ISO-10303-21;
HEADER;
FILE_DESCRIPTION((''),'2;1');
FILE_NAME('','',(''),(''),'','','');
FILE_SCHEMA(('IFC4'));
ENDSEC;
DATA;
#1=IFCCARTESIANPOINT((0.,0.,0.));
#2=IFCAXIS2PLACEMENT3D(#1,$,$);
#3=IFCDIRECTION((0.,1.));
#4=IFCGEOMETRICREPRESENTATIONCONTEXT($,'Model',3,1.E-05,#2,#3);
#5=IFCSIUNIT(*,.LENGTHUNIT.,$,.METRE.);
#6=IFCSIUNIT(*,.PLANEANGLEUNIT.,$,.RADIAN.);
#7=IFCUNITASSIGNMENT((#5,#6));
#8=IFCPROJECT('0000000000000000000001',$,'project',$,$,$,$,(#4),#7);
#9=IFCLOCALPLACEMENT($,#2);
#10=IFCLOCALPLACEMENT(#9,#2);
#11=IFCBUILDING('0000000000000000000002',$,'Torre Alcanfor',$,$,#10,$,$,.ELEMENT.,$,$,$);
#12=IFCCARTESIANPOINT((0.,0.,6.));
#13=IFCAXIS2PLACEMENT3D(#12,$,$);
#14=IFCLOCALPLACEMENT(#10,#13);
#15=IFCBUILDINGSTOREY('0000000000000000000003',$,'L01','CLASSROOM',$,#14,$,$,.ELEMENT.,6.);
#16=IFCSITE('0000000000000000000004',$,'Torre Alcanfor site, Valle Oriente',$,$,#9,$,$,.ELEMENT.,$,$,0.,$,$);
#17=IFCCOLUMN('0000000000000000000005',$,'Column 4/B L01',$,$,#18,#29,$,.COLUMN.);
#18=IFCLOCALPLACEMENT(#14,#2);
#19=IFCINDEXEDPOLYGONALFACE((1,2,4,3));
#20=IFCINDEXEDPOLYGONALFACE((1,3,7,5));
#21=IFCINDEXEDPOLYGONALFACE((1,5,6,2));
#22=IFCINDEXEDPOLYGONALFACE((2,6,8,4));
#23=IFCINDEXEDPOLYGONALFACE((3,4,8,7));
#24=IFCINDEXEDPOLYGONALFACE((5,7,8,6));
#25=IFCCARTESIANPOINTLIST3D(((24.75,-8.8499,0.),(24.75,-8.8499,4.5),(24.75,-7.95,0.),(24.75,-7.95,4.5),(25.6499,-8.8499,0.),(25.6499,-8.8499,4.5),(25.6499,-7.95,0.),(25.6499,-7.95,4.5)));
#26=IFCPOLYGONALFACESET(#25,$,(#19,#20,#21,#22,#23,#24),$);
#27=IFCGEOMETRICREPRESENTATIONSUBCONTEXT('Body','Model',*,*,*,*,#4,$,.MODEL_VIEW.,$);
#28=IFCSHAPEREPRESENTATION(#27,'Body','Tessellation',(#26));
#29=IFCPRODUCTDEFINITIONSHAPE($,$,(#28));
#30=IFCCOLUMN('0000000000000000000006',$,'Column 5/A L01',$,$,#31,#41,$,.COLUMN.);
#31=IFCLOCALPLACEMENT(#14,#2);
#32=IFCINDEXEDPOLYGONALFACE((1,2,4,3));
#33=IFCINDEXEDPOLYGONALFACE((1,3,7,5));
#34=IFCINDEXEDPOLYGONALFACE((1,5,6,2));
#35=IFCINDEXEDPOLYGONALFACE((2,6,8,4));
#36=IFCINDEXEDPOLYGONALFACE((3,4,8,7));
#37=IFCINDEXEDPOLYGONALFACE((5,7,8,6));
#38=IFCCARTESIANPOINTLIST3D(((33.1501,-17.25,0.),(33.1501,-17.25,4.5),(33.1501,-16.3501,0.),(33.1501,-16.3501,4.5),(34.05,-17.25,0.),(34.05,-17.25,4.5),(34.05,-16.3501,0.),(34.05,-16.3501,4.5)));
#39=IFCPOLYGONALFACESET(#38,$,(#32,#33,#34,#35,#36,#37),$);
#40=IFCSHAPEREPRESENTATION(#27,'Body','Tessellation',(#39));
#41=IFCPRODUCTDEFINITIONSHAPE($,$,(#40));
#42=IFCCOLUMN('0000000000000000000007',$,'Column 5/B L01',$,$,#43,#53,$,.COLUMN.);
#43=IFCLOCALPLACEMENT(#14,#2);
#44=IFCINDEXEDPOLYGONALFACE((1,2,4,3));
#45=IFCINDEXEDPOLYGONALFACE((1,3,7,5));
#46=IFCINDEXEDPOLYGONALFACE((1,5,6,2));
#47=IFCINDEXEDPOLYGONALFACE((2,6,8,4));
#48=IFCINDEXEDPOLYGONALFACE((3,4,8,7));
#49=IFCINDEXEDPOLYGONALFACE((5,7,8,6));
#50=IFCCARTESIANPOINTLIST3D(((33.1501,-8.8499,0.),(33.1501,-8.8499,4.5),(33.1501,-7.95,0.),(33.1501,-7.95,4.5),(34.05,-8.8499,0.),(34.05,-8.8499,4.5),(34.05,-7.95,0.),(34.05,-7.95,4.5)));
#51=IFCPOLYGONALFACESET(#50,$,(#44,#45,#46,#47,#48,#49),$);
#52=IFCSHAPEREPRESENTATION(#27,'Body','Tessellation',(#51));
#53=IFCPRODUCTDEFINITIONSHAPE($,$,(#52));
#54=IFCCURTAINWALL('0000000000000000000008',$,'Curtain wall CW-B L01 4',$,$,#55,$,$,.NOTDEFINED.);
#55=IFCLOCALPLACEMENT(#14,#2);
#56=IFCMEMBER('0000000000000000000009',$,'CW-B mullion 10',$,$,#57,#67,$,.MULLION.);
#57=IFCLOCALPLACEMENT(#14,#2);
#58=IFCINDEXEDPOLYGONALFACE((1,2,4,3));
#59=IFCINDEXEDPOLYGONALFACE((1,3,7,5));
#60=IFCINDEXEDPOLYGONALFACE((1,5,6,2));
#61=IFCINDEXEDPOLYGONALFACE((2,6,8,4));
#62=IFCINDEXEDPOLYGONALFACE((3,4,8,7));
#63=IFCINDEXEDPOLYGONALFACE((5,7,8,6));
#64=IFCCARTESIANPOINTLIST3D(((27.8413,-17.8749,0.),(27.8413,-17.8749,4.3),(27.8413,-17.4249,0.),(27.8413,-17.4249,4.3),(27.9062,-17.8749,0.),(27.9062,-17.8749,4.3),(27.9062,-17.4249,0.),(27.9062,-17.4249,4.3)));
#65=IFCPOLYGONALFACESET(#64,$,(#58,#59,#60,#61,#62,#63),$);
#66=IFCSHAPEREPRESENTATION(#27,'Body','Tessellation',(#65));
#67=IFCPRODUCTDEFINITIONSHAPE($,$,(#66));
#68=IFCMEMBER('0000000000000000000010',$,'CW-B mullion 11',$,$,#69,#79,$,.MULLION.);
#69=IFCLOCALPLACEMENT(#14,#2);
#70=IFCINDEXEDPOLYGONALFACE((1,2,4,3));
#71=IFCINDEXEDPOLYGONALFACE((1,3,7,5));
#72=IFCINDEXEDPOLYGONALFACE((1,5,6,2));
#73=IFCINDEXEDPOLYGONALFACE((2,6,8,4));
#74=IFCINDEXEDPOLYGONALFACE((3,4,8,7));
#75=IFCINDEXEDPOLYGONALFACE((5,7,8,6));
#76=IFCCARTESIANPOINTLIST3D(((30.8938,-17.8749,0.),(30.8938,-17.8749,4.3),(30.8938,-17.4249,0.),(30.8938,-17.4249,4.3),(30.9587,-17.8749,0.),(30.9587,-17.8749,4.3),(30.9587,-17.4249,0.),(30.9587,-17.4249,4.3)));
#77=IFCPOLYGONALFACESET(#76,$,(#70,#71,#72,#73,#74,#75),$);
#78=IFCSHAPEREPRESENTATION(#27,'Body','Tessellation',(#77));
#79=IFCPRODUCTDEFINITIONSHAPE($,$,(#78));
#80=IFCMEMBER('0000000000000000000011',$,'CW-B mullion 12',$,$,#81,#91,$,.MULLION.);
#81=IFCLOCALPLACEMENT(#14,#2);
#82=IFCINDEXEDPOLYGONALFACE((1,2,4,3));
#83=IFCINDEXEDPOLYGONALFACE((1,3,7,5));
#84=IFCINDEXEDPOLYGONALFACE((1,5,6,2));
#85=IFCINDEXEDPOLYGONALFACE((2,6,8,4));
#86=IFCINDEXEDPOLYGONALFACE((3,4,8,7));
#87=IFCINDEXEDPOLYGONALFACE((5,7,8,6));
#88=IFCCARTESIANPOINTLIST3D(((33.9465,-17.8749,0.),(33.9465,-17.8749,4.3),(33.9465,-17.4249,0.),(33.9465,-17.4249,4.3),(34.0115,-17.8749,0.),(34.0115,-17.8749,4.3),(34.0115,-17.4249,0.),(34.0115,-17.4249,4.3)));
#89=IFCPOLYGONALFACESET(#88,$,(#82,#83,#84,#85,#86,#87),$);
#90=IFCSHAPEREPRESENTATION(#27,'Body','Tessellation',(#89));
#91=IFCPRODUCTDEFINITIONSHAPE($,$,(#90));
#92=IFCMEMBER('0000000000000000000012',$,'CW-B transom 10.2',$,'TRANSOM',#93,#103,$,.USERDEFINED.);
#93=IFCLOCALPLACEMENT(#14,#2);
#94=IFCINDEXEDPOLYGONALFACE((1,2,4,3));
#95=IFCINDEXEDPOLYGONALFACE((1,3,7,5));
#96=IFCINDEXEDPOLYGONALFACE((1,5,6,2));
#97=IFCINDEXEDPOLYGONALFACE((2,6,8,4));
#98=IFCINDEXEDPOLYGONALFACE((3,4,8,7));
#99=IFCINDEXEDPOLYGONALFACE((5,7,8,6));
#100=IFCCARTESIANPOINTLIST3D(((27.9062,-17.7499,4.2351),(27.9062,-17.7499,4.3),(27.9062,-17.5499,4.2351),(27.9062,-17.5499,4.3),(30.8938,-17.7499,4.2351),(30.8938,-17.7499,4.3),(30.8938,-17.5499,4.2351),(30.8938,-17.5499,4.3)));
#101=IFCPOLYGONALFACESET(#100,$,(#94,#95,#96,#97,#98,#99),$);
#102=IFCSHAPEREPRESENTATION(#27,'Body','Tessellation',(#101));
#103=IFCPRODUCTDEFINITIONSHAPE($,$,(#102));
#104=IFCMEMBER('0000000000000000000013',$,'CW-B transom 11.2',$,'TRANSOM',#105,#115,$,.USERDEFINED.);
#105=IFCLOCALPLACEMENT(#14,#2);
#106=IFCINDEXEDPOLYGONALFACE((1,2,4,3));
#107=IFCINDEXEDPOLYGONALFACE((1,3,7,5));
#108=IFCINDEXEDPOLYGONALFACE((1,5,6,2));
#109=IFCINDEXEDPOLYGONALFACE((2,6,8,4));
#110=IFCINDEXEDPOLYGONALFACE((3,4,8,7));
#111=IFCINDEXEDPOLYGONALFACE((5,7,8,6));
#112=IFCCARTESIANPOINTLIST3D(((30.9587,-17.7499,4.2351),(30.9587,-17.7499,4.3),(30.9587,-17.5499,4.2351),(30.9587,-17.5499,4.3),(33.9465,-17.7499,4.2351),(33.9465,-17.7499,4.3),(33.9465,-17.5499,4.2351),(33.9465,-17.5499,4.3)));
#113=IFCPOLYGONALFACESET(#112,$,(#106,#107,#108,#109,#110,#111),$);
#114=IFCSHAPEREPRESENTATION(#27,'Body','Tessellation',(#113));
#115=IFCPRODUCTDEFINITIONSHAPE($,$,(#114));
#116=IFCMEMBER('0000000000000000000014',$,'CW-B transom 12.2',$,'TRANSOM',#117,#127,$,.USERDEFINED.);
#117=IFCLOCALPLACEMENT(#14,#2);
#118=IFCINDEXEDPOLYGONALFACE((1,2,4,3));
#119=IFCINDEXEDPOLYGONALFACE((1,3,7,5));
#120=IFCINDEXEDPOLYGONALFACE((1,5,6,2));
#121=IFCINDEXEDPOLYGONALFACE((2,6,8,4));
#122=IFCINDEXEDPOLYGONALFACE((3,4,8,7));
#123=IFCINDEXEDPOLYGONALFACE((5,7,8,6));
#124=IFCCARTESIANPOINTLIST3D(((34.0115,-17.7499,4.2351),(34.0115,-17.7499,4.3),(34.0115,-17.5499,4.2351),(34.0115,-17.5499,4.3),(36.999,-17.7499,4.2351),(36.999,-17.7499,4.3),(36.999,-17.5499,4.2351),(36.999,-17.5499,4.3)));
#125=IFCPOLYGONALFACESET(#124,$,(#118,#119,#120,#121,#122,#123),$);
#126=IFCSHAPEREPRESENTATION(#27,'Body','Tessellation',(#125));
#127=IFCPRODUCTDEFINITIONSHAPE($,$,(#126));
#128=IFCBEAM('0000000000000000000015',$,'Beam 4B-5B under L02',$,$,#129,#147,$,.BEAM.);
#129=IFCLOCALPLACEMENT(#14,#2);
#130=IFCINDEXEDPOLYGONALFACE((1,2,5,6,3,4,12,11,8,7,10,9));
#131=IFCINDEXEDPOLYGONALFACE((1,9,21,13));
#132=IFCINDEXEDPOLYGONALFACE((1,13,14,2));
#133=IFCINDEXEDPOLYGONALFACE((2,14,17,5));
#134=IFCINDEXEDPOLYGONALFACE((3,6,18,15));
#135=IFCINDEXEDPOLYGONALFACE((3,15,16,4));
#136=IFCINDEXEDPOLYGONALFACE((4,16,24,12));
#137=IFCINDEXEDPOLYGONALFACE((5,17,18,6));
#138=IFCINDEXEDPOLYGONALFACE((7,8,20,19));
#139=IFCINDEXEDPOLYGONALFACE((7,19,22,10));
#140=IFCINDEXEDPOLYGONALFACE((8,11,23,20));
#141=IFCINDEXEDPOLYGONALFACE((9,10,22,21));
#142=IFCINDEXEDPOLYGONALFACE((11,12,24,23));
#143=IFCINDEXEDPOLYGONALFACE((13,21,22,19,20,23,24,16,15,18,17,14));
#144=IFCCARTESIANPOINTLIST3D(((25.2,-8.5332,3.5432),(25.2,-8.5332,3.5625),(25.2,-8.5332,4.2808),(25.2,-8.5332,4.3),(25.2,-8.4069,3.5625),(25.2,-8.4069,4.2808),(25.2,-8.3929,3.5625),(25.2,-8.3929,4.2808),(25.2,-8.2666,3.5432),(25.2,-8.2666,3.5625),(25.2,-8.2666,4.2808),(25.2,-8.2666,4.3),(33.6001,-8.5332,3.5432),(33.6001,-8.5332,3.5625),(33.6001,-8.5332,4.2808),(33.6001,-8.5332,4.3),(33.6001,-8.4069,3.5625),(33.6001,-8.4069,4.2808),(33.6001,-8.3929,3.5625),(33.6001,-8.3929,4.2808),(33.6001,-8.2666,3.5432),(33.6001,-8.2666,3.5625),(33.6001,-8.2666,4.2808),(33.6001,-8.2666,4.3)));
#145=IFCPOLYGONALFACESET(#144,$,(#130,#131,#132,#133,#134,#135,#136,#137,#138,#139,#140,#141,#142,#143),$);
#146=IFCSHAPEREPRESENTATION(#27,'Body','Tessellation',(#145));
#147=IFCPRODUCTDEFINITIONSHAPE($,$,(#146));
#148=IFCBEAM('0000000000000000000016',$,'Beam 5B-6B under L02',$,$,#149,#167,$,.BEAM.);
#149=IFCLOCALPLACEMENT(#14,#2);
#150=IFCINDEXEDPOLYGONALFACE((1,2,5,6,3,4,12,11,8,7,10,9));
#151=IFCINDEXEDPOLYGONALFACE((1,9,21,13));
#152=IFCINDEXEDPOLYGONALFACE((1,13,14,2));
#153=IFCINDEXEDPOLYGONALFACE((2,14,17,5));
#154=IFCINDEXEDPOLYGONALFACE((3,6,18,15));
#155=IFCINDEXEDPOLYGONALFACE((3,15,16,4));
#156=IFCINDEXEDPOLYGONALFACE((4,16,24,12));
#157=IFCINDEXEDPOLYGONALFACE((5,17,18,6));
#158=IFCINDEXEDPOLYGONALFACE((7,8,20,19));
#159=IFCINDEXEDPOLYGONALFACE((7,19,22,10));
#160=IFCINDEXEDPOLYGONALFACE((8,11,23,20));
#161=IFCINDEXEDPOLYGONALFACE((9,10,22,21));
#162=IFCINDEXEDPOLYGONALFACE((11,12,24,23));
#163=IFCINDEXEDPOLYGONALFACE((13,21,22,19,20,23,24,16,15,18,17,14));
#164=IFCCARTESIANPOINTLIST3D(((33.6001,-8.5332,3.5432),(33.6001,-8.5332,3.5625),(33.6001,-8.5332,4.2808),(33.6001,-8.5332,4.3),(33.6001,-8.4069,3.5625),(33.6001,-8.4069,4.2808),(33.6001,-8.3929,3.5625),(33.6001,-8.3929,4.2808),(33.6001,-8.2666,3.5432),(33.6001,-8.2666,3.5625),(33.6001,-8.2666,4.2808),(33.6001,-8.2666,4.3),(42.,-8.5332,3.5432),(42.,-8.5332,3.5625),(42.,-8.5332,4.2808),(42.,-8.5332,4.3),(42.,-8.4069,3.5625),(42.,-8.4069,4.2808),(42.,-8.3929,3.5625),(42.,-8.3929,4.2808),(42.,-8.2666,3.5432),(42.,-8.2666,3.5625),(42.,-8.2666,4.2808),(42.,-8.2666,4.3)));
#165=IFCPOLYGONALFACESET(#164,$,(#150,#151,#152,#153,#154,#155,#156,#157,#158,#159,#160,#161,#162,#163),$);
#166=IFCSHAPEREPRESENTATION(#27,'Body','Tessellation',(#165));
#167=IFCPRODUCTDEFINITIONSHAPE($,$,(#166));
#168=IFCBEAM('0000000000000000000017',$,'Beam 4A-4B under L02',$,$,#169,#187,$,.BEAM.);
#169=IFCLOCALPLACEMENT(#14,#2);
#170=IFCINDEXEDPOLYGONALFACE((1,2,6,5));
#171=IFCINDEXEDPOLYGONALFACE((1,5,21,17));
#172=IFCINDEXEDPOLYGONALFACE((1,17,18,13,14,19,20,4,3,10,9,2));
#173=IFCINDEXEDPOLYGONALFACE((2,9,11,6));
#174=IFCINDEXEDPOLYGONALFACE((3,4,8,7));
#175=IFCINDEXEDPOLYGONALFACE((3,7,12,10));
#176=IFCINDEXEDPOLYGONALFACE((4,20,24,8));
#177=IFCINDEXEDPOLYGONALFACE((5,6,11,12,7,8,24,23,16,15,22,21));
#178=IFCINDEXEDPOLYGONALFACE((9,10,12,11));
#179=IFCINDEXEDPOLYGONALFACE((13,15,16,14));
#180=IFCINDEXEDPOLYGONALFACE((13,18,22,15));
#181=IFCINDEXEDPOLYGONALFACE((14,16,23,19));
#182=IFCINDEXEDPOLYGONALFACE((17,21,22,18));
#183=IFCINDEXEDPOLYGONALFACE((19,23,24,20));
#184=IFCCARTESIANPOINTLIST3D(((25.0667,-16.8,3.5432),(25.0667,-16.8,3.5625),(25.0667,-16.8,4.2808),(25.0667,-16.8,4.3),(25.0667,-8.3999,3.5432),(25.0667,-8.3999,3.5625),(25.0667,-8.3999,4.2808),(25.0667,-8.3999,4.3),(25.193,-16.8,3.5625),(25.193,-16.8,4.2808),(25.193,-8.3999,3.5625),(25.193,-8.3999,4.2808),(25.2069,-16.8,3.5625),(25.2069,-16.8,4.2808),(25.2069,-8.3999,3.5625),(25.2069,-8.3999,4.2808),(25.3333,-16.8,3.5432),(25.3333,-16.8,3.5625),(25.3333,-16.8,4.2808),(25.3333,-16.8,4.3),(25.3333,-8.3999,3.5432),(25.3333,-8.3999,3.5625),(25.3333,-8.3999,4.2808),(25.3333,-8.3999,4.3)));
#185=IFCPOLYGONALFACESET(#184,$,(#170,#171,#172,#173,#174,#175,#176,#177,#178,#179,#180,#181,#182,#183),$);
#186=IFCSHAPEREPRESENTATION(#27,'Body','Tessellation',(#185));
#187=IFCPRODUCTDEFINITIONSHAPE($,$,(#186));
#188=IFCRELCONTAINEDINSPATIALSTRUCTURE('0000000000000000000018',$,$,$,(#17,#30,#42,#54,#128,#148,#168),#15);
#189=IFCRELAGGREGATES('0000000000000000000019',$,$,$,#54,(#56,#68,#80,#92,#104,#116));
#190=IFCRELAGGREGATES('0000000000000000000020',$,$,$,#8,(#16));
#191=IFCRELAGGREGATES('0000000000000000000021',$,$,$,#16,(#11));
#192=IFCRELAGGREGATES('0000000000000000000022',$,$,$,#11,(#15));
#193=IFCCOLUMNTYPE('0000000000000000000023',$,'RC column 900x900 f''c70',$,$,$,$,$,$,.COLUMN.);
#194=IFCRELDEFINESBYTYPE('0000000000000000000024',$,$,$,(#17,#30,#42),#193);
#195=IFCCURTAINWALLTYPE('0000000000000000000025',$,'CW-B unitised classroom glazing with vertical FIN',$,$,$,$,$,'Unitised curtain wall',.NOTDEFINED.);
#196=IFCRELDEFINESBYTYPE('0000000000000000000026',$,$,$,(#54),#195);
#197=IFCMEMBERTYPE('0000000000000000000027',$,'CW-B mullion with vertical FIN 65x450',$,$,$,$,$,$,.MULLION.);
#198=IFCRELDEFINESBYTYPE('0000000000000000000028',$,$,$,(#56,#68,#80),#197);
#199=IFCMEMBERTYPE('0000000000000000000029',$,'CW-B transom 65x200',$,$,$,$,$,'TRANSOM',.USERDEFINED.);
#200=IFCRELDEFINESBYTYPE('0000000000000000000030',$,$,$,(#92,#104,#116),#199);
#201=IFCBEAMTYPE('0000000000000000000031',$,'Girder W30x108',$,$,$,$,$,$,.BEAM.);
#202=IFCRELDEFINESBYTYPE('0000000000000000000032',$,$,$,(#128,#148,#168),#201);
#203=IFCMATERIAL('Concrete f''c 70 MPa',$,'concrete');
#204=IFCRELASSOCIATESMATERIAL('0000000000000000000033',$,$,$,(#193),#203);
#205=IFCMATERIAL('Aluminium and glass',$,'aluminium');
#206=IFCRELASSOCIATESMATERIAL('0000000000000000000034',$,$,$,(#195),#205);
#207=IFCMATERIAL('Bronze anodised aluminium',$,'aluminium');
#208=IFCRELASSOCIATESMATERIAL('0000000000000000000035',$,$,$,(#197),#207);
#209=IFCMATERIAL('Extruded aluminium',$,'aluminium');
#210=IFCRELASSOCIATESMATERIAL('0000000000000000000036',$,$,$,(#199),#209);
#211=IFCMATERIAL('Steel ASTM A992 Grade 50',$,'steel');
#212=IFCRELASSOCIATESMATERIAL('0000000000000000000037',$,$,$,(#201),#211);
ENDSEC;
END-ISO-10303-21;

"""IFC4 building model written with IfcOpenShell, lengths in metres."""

from ifc_helpers import new_model, si_unit, direction, frame, origin, origin_2d, place, context, subcontext, project, spatial, rectangle, i_section, extrude, material, material_profile, profile_set, type_object, element, aggregate, save


model = new_model("IFC4")

# Units and contexts
model_context = context("Model", 3, precision=1e-05, world=origin(), true_north=direction((0.0, 1.0)))
body_context = subcontext(model_context, "Body", "Model", "MODEL_VIEW")
ifc_project = project(units=[si_unit("LENGTHUNIT", "METRE"), si_unit("PLANEANGLEUNIT", "RADIAN")], contexts=[model_context])

# Site, building, storey
site_placement = place(None, origin())
site = spatial("IfcSite", under=ifc_project, at=site_placement, Name="Torre Alcanfor site, Valle Oriente", CompositionType="ELEMENT", RefElevation=0.0)
building_placement = place(site_placement, origin())
building = spatial("IfcBuilding", under=site, at=building_placement, Name="Torre Alcanfor", CompositionType="ELEMENT")
storey_placement = place(building_placement, frame((0.0, 0.0, 6.0)))
storey = spatial("IfcBuildingStorey", under=building, at=storey_placement, Name="L01", Description="CLASSROOM", CompositionType="ELEMENT", Elevation=6.0)

# Columns
ifc_material_1 = material(Name="Concrete f'c 70 MPa", Category="concrete")
ifc_material_profile_1 = material_profile(ifc_material_1, rectangle(XDim=0.8999, YDim=0.8999, at=origin_2d()), Name="900x900")
ifc_profile_set_1 = profile_set([ifc_material_profile_1], Name="Concrete f'c 70 MPa")
column_type = type_object("IfcColumnType", Name="RC column 900x900 f'c70", PredefinedType="COLUMN", material=ifc_profile_set_1)
for number, where, z_axis, x_axis, name in (
    (1, (25.2, -8.3999, 0.0), (0.0, 0.0, 1.0), (1.0, 0.0, 0.0), "Column 4/B L01"),
    (2, (33.6001, -16.8, 0.0), (0.0, 0.0, 1.0), (1.0, 0.0, 0.0), "Column 5/A L01"),
    (3, (33.6001, -8.3999, 0.0), (0.0, 0.0, 1.0), (1.0, 0.0, 0.0), "Column 5/B L01"),
):
    element("IfcColumn", number, at=place(storey_placement, frame(where, z_axis=z_axis, x_axis=x_axis)), inside=storey, type_object=column_type, Name=name, PredefinedType="COLUMN", context=body_context, shape_type="SweptSolid", body=[
        extrude(rectangle(XDim=0.8999, YDim=0.8999, at=origin_2d()), origin(), (0.0, 0.0, 1.0), 4.5),
    ])

# Curtain wall, members
ifc_material_2 = material(Name="Aluminium and glass", Category="aluminium")
curtain_wall_type = type_object("IfcCurtainWallType", Name="CW-B unitised classroom glazing with vertical FIN", ElementType="Unitised curtain wall", PredefinedType="NOTDEFINED", material=ifc_material_2)
curtain_wall_placement = place(storey_placement, origin())
curtain_wall = element("IfcCurtainWall", 4, at=curtain_wall_placement, inside=storey, type_object=curtain_wall_type, Name="Curtain wall CW-B L01 4", PredefinedType="NOTDEFINED")
ifc_material_3 = material(Name="Bronze anodised aluminium", Category="aluminium")
ifc_material_profile_2 = material_profile(ifc_material_3, rectangle(XDim=0.45, YDim=0.0649, at=origin_2d()), Name="CW-B mullion 65x450")
ifc_profile_set_2 = profile_set([ifc_material_profile_2], Name="Bronze anodised aluminium")
member_type_1 = type_object("IfcMemberType", Name="CW-B mullion with vertical FIN 65x450", PredefinedType="MULLION", material=ifc_profile_set_2)
member_1_placement = place(storey_placement, frame((27.8738, -17.6499, 0.0), z_axis=(0.0, 0.0, 1.0), x_axis=(0.0, 1.0, 0.0)))
member_1 = element("IfcMember", 5, at=member_1_placement, type_object=member_type_1, Name="CW-B mullion 10", PredefinedType="MULLION", context=body_context, shape_type="SweptSolid", body=[
    extrude(rectangle(XDim=0.45, YDim=0.0649, at=origin_2d()), origin(), (0.0, 0.0, 1.0), 4.3),
])
member_2_placement = place(storey_placement, frame((30.9263, -17.6499, 0.0), z_axis=(0.0, 0.0, 1.0), x_axis=(0.0, 1.0, 0.0)))
member_2 = element("IfcMember", 6, at=member_2_placement, type_object=member_type_1, Name="CW-B mullion 11", PredefinedType="MULLION", context=body_context, shape_type="SweptSolid", body=[
    extrude(rectangle(XDim=0.45, YDim=0.0649, at=origin_2d()), origin(), (0.0, 0.0, 1.0), 4.3),
])
member_3_placement = place(storey_placement, frame((33.979, -17.6499, 0.0), z_axis=(0.0, 0.0, 1.0), x_axis=(0.0, 1.0, 0.0)))
member_3 = element("IfcMember", 7, at=member_3_placement, type_object=member_type_1, Name="CW-B mullion 12", PredefinedType="MULLION", context=body_context, shape_type="SweptSolid", body=[
    extrude(rectangle(XDim=0.45, YDim=0.0649, at=origin_2d()), origin(), (0.0, 0.0, 1.0), 4.3),
])
ifc_material_4 = material(Name="Extruded aluminium", Category="aluminium")
ifc_material_profile_3 = material_profile(ifc_material_4, rectangle(XDim=0.2, YDim=0.0649, at=origin_2d()), Name="CW-B transom 200x65")
ifc_profile_set_3 = profile_set([ifc_material_profile_3], Name="Extruded aluminium")
member_type_2 = type_object("IfcMemberType", Name="CW-B transom 65x200", ElementType="TRANSOM", PredefinedType="USERDEFINED", material=ifc_profile_set_3)
member_4_placement = place(storey_placement, frame((27.9062, -17.6499, 4.2676), z_axis=(1.0, 0.0, 0.0), x_axis=(0.0, 1.0, 0.0)))
member_4 = element("IfcMember", 8, at=member_4_placement, type_object=member_type_2, Name="CW-B transom 10.2", ObjectType="TRANSOM", PredefinedType="USERDEFINED", context=body_context, shape_type="SweptSolid", body=[
    extrude(rectangle(XDim=0.2, YDim=0.0649, at=origin_2d()), origin(), (0.0, 0.0, 1.0), 2.9875),
])
member_5_placement = place(storey_placement, frame((30.9587, -17.6499, 4.2676), z_axis=(1.0, 0.0, 0.0), x_axis=(0.0, 1.0, 0.0)))
member_5 = element("IfcMember", 9, at=member_5_placement, type_object=member_type_2, Name="CW-B transom 11.2", ObjectType="TRANSOM", PredefinedType="USERDEFINED", context=body_context, shape_type="SweptSolid", body=[
    extrude(rectangle(XDim=0.2, YDim=0.0649, at=origin_2d()), origin(), (0.0, 0.0, 1.0), 2.9878),
])
member_6_placement = place(storey_placement, frame((34.0115, -17.6499, 4.2676), z_axis=(1.0, 0.0, 0.0), x_axis=(0.0, 1.0, 0.0)))
member_6 = element("IfcMember", 10, at=member_6_placement, type_object=member_type_2, Name="CW-B transom 12.2", ObjectType="TRANSOM", PredefinedType="USERDEFINED", context=body_context, shape_type="SweptSolid", body=[
    extrude(rectangle(XDim=0.2, YDim=0.0649, at=origin_2d()), origin(), (0.0, 0.0, 1.0), 2.9875),
])

# Beams
ifc_material_5 = material(Name="Steel ASTM A992 Grade 50", Category="steel")
ifc_material_profile_4 = material_profile(ifc_material_5, i_section(OverallWidth=0.2666, OverallDepth=0.7568, WebThickness=0.0139, FlangeThickness=0.0193, at=origin_2d()), Name="W30x108")
ifc_profile_set_4 = profile_set([ifc_material_profile_4], Name="Steel ASTM A992 Grade 50")
beam_type_1 = type_object("IfcBeamType", Name="Girder W30x108", PredefinedType="BEAM", material=ifc_profile_set_4)
beam_1_placement = place(storey_placement, frame((25.2, -8.3999, 3.9216), z_axis=(1.0, 0.0, 0.0), x_axis=(0.0, 1.0, 0.0)))
element("IfcBeam", 11, at=beam_1_placement, inside=storey, type_object=beam_type_1, Name="Beam 4B-5B under L02", PredefinedType="BEAM", context=body_context, shape_type="SweptSolid", body=[
    extrude(i_section(OverallWidth=0.2666, OverallDepth=0.7568, WebThickness=0.0139, FlangeThickness=0.0193, at=origin_2d()), origin(), (0.0, 0.0, 1.0), 8.4001),
])
beam_2_placement = place(storey_placement, frame((33.6001, -8.3999, 3.9216), z_axis=(1.0, 0.0, 0.0), x_axis=(0.0, 1.0, 0.0)))
element("IfcBeam", 12, at=beam_2_placement, inside=storey, type_object=beam_type_1, Name="Beam 5B-6B under L02", PredefinedType="BEAM", context=body_context, shape_type="SweptSolid", body=[
    extrude(i_section(OverallWidth=0.2666, OverallDepth=0.7568, WebThickness=0.0139, FlangeThickness=0.0193, at=origin_2d()), origin(), (0.0, 0.0, 1.0), 8.3999),
])
beam_3_placement = place(storey_placement, frame((25.2, -16.8, 3.9216), z_axis=(0.0, 1.0, 0.0), x_axis=(-1.0, 0.0, 0.0)))
element("IfcBeam", 13, at=beam_3_placement, inside=storey, type_object=beam_type_1, Name="Beam 4A-4B under L02", PredefinedType="BEAM", context=body_context, shape_type="SweptSolid", body=[
    extrude(i_section(OverallWidth=0.2666, OverallDepth=0.7568, WebThickness=0.0139, FlangeThickness=0.0193, at=origin_2d()), origin(), (0.0, 0.0, 1.0), 8.4001),
])

aggregate(curtain_wall, [member_1, member_2, member_3, member_4, member_5, member_6])

save(model, "model.ifc")
